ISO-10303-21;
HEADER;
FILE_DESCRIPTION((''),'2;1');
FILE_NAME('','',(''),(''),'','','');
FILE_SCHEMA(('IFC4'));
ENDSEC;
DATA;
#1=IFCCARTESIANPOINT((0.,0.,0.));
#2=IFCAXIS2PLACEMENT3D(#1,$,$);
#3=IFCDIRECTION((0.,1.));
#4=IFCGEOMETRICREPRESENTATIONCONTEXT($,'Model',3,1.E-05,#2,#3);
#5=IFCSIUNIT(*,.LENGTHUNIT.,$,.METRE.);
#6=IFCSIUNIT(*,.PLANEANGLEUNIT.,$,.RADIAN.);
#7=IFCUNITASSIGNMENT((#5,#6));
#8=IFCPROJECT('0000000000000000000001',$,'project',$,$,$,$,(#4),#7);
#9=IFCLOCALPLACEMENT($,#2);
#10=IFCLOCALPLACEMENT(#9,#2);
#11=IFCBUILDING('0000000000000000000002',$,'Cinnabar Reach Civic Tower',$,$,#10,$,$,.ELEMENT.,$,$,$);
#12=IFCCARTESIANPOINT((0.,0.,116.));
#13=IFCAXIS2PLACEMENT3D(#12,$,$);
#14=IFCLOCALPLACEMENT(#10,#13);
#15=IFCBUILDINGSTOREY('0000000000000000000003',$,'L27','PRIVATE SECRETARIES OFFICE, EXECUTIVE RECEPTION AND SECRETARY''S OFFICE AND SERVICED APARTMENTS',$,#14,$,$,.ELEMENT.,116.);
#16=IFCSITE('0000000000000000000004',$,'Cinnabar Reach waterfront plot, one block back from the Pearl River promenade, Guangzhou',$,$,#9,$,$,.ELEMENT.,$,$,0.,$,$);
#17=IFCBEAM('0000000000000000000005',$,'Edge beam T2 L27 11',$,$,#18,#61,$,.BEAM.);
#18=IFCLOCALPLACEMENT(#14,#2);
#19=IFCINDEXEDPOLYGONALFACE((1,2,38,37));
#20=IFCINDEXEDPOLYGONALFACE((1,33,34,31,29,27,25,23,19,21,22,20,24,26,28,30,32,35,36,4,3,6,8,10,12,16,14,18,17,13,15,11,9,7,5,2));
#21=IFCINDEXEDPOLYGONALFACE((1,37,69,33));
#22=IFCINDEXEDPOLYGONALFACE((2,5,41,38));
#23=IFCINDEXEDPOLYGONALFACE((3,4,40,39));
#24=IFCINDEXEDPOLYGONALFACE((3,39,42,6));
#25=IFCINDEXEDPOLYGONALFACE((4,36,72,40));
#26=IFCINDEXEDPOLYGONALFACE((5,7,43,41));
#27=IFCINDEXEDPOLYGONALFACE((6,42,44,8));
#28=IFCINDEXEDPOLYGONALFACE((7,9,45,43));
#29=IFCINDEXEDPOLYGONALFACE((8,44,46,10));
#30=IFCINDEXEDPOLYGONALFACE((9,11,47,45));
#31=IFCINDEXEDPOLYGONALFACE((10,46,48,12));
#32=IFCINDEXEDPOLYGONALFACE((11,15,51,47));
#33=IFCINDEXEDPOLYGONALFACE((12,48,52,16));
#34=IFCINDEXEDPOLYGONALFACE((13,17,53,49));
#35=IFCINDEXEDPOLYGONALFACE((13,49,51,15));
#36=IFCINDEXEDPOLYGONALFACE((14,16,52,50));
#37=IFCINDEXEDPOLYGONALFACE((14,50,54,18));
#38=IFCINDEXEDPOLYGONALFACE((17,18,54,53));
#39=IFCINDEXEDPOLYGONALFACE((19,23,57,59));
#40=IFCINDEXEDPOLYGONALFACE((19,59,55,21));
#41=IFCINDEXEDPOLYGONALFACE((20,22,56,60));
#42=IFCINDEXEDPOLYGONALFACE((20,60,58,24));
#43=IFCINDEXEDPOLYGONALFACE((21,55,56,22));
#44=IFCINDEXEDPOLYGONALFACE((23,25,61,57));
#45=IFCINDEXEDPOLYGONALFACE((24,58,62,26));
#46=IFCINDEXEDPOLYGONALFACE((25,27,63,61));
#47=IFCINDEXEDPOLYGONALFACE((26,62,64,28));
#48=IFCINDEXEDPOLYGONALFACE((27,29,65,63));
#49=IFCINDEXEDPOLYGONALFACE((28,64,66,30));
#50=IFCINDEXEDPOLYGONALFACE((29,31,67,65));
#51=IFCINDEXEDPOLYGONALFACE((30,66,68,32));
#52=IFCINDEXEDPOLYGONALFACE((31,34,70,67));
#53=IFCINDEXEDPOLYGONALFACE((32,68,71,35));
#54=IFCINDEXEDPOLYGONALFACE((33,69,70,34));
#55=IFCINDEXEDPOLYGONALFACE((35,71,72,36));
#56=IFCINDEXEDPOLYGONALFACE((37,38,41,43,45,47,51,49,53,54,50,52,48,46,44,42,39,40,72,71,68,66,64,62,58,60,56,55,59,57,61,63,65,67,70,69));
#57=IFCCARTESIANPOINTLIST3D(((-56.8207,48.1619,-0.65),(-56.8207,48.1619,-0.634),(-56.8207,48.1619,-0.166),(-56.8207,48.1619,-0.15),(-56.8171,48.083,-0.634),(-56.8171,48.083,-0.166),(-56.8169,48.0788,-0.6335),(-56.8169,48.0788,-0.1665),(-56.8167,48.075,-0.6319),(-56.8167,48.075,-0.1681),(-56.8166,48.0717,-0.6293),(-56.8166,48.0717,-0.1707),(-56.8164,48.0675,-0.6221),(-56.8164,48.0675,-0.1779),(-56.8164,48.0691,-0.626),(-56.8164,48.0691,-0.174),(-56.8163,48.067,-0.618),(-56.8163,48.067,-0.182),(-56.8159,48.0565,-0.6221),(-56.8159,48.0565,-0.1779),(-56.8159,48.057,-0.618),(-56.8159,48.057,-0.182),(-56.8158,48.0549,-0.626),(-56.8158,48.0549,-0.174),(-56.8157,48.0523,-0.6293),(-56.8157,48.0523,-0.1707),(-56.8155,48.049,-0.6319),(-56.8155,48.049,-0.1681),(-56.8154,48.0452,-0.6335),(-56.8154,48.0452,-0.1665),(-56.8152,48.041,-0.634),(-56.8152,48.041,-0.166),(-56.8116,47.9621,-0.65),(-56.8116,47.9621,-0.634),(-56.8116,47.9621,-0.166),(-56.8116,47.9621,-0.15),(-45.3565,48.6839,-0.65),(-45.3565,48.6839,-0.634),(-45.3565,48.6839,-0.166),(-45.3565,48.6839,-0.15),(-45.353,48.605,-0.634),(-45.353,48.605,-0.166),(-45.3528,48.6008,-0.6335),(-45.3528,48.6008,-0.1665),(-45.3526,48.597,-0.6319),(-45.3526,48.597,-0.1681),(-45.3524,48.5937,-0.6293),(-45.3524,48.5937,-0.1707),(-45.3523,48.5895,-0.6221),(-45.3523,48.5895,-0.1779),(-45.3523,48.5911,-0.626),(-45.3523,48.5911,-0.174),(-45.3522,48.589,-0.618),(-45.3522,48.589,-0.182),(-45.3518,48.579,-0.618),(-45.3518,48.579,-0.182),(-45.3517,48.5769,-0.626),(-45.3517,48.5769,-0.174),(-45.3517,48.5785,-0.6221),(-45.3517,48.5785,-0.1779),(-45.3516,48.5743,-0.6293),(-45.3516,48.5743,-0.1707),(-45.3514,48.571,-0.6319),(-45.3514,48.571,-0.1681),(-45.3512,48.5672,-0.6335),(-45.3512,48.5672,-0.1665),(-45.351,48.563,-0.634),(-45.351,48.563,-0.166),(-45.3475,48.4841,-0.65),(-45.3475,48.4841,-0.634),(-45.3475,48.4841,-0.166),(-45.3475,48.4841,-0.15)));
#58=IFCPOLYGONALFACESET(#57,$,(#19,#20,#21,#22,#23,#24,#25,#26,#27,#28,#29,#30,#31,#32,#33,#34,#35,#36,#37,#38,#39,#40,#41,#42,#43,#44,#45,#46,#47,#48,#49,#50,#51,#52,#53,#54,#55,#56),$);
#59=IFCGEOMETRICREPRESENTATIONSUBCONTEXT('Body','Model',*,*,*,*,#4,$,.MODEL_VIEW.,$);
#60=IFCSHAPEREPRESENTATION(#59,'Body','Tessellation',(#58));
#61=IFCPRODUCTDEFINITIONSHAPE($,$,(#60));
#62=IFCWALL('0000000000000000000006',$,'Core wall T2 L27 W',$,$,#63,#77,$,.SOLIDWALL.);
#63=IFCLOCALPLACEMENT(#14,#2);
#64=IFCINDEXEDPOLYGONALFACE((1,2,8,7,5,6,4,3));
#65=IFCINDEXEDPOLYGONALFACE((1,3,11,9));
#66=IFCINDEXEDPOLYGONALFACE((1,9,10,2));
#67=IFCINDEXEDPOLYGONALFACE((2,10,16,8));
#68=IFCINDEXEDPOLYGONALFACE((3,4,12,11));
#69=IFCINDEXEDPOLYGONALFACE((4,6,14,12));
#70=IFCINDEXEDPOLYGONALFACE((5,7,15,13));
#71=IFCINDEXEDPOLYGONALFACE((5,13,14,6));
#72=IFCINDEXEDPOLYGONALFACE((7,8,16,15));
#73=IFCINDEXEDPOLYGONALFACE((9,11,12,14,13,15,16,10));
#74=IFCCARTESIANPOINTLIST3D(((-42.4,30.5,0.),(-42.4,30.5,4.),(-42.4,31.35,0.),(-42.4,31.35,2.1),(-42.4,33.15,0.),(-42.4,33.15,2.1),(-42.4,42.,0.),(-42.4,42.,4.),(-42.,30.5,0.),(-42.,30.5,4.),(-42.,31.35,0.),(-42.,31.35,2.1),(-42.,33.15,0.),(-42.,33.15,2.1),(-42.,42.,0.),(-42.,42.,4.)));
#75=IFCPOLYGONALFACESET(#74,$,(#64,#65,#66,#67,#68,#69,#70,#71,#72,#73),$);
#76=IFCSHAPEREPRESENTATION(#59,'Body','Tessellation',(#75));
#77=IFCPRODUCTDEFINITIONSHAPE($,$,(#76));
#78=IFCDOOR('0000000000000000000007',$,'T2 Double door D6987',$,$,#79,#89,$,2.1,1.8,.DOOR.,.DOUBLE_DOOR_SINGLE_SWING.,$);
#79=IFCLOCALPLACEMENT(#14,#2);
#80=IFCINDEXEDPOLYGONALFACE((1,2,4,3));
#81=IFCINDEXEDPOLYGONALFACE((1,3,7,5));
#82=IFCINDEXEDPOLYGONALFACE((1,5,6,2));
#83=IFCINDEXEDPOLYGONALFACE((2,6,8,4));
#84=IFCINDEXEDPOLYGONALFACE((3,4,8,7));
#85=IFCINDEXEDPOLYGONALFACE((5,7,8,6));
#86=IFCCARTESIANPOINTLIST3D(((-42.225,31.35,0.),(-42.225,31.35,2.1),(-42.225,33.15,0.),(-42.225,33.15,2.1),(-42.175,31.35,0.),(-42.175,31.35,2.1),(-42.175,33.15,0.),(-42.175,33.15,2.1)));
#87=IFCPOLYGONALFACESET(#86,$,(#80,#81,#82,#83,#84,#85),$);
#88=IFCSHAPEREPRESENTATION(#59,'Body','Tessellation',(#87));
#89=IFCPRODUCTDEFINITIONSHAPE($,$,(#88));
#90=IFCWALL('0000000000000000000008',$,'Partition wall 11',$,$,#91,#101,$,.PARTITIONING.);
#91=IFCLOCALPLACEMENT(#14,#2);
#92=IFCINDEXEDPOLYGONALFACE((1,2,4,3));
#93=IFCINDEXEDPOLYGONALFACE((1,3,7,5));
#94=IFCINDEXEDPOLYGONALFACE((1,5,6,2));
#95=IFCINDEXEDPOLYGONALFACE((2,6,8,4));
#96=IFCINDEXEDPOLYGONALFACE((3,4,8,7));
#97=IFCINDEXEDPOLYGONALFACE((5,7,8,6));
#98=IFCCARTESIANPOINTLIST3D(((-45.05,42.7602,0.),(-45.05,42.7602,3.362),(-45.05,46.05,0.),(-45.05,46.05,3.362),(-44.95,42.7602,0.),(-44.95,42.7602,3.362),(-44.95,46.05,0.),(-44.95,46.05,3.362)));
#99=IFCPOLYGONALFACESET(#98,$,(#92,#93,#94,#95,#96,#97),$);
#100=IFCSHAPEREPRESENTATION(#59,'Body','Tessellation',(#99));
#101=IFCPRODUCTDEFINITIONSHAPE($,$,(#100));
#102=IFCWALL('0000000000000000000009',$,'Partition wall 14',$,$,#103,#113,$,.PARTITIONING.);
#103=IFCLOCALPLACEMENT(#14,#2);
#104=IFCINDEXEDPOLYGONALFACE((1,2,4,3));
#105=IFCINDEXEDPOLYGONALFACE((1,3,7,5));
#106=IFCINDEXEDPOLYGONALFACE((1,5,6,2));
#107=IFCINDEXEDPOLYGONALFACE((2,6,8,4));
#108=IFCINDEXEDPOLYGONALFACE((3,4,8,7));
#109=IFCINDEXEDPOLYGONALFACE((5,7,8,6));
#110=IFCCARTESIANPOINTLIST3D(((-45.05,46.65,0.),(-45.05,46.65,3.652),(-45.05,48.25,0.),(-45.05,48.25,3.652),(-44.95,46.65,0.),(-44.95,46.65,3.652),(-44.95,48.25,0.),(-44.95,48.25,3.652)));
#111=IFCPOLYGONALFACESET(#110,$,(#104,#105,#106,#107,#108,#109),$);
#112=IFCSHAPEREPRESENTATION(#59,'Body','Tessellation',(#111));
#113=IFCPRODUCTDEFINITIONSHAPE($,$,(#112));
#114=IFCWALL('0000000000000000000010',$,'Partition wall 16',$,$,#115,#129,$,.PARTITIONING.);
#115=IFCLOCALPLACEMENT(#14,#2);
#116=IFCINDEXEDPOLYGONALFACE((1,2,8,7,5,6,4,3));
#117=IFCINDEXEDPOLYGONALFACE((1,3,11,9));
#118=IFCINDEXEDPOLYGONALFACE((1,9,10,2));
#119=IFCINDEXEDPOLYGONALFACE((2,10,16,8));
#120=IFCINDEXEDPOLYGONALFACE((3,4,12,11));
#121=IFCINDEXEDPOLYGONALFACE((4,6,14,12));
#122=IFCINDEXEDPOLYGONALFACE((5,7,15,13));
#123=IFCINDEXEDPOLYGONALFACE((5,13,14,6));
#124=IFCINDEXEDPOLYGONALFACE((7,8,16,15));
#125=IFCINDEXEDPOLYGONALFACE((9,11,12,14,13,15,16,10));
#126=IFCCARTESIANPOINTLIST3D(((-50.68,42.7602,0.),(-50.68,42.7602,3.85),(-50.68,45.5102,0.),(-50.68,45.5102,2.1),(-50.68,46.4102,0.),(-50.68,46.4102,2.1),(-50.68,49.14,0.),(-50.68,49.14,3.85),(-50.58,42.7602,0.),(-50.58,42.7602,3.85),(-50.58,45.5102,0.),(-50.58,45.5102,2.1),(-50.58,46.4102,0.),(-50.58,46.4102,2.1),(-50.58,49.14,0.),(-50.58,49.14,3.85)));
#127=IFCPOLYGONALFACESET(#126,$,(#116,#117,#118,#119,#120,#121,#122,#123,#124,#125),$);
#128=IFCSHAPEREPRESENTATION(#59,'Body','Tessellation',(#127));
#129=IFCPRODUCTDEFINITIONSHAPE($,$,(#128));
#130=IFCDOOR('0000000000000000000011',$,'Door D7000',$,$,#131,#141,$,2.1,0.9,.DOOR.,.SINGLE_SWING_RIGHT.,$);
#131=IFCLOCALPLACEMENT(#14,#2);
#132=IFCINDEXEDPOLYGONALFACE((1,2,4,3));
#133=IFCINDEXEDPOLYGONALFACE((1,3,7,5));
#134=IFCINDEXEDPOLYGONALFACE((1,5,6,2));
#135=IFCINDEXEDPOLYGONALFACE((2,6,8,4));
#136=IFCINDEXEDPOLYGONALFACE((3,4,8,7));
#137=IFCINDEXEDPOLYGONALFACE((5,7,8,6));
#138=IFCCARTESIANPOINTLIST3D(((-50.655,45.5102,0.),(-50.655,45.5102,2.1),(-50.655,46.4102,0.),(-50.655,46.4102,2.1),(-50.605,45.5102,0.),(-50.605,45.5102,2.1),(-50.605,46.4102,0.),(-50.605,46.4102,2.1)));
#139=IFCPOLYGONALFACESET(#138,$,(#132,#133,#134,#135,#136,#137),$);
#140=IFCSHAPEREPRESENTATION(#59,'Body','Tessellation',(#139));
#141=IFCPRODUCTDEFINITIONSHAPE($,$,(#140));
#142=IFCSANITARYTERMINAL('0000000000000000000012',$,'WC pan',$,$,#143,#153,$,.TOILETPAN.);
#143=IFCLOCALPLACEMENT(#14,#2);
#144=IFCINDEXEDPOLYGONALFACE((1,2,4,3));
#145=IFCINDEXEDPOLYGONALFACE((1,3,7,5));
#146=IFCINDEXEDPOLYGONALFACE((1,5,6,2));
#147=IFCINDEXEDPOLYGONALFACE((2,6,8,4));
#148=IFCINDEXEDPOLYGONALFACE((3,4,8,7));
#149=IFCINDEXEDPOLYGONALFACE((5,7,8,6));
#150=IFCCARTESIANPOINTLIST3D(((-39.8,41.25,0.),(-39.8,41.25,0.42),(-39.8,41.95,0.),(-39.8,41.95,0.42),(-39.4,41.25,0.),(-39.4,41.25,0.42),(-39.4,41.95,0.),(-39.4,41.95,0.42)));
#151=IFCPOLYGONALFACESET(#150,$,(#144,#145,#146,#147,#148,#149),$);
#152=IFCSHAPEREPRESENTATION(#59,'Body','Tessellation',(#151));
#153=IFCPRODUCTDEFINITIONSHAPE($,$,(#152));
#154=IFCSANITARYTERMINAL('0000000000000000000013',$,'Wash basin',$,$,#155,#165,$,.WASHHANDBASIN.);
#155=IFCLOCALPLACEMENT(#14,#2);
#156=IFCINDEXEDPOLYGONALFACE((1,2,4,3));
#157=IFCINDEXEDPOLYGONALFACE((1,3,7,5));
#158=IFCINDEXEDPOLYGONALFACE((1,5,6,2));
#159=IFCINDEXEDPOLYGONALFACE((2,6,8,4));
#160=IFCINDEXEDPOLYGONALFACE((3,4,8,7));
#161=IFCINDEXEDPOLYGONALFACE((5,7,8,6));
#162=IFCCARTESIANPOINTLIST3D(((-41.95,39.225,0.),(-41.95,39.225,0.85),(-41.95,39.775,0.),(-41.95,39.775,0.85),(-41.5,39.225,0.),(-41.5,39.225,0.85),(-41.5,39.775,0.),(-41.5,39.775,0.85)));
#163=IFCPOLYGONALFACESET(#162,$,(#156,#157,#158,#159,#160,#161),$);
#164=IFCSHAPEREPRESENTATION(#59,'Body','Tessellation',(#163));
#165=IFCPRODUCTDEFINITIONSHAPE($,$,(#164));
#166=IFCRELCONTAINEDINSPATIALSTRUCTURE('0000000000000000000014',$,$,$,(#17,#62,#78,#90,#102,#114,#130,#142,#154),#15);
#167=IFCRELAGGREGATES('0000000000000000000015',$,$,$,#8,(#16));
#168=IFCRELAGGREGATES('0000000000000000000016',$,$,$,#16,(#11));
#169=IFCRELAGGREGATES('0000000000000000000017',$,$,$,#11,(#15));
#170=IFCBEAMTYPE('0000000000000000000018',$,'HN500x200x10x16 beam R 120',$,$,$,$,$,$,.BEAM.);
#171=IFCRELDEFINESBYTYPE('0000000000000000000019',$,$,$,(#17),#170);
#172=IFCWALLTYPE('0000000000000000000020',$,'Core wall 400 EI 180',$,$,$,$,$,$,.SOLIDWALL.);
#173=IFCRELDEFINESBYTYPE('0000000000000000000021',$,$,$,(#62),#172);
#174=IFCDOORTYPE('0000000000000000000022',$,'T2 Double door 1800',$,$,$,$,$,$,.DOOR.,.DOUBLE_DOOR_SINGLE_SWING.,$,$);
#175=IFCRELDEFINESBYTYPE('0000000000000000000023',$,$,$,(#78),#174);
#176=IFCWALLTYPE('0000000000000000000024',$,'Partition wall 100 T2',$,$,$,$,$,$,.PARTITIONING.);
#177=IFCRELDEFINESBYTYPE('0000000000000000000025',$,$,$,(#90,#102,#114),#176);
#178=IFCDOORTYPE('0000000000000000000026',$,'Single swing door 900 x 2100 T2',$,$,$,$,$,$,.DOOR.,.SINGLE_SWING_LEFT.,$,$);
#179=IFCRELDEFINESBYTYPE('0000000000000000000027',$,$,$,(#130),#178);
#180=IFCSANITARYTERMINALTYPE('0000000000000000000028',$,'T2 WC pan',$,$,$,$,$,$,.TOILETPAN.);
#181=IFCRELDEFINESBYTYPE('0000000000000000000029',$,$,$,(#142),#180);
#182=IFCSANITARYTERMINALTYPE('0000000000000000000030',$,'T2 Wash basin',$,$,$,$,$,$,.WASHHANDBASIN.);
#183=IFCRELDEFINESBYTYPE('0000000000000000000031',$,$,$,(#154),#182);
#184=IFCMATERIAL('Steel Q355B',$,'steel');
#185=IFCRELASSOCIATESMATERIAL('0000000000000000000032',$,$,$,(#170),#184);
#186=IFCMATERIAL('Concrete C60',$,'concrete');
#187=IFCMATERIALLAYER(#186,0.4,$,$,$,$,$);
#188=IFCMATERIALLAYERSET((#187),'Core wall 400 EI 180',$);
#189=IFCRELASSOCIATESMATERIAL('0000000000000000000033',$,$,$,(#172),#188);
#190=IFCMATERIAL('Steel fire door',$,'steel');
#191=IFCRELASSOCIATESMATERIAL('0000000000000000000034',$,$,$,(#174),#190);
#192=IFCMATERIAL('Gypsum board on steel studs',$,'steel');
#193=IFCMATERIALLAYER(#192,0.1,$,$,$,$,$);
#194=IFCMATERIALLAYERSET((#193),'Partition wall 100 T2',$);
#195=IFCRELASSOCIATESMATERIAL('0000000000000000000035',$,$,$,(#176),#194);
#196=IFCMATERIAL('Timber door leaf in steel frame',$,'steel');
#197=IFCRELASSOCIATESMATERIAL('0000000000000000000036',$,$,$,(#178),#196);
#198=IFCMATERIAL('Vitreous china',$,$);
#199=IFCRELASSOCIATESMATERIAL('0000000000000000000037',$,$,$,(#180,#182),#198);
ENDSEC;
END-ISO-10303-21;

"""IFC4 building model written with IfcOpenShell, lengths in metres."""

from ifc_helpers import new_model, si_unit, direction, frame, frame_2d, origin, origin_2d, place, context, subcontext, project, spatial, rectangle, i_section, extrude, material, layer, layer_set, material_profile, profile_set, type_object, element, fill, save


model = new_model("IFC4")

# Units and contexts
model_context = context("Model", 3, precision=1e-05, world=origin(), true_north=direction((0.0, 1.0)))
body_context = subcontext(model_context, "Body", "Model", "MODEL_VIEW")
ifc_project = project(units=[si_unit("LENGTHUNIT", "METRE"), si_unit("PLANEANGLEUNIT", "RADIAN")], contexts=[model_context])

# Site, building, storey
site_placement = place(None, origin())
site = spatial("IfcSite", under=ifc_project, at=site_placement, Name="Cinnabar Reach waterfront plot, one block back from the Pearl River promenade, Guangzhou", CompositionType="ELEMENT", RefElevation=0.0)
building_placement = place(site_placement, origin())
building = spatial("IfcBuilding", under=site, at=building_placement, Name="Cinnabar Reach Civic Tower", CompositionType="ELEMENT")
storey_placement = place(building_placement, frame((0.0, 0.0, 116.0)))
storey = spatial("IfcBuildingStorey", under=building, at=storey_placement, Name="L27", Description="PRIVATE SECRETARIES OFFICE, EXECUTIVE RECEPTION AND SECRETARY'S OFFICE AND SERVICED APARTMENTS", CompositionType="ELEMENT", Elevation=116.0)

# Shared definitions
ifc_material_1 = material(Name="Concrete C60", Category="concrete")

# Beam
ifc_material_2 = material(Name="Steel Q355B", Category="steel")
ifc_material_profile_1 = material_profile(ifc_material_2, i_section(OverallWidth=0.2, OverallDepth=0.5, WebThickness=0.01, FlangeThickness=0.016, FilletRadius=0.016, at=origin_2d()), Name="HN500x200x10x16")
ifc_profile_set_1 = profile_set([ifc_material_profile_1], Name="Steel Q355B")
beam_type_1 = type_object("IfcBeamType", Name="HN500x200x10x16 beam R 120", PredefinedType="BEAM", material=ifc_profile_set_1)
beam_1_placement = place(storey_placement, frame((-45.352, 48.584, -0.4), z_axis=(-0.998965, -0.045486, 0.0), x_axis=(0.045486, -0.998965, 0.0)))
element("IfcBeam", 1, at=beam_1_placement, inside=storey, type_object=beam_type_1, Name="Edge beam T2 L27 11", PredefinedType="BEAM", context=body_context, shape_type="SweptSolid", body=[
    extrude(i_section(OverallWidth=0.2, OverallDepth=0.5, WebThickness=0.01, FlangeThickness=0.016, FilletRadius=0.016, at=origin_2d()), origin(), (0.0, 0.0, 1.0), 11.476),
])

# Wall, opening, door
ifc_layer_1 = layer(ifc_material_1, 0.4)
ifc_layer_set_1 = layer_set([ifc_layer_1], Name="Core wall 400 EI 180")
wall_type_1 = type_object("IfcWallType", Name="Core wall 400 EI 180", PredefinedType="SOLIDWALL", material=ifc_layer_set_1)
wall_1_placement = place(storey_placement, frame((-42.2, 42.0, 0.0), z_axis=(0.0, 0.0, 1.0), x_axis=(0.0, -1.0, 0.0)))
wall_1 = element("IfcWall", 2, at=wall_1_placement, inside=storey, type_object=wall_type_1, Name="Core wall T2 L27 W", PredefinedType="SOLIDWALL", context=body_context, shape_type="SweptSolid", body=[
    extrude(rectangle(XDim=11.5, YDim=0.4, at=frame_2d((5.75, 0.0))), origin(), (0.0, 0.0, 1.0), 4.0),
])
opening_1_placement = place(wall_1_placement, frame((8.85, 0.0, 0.0)))
opening_1 = element("IfcOpeningElement", 3, at=opening_1_placement, cuts=wall_1, PredefinedType="OPENING", context=body_context, shape_type="SweptSolid", body=[
    extrude(rectangle(XDim=1.8, YDim=2.1, at=frame_2d((0.9, 1.05))), frame((0.0, 0.21, 0.0), z_axis=(0.0, -1.0, 0.0), x_axis=(1.0, 0.0, 0.0)), (0.0, 0.0, 1.0), 0.42),
])
ifc_material_3 = material(Name="Steel fire door", Category="steel")
door_type_1 = type_object("IfcDoorType", Name="T2 Double door 1800", OperationType="DOUBLE_DOOR_SINGLE_SWING", PredefinedType="DOOR", material=ifc_material_3)
door_1_placement = place(opening_1_placement, frame((1.8, 0.0, 0.0), z_axis=(0.0, 0.0, 1.0), x_axis=(-1.0, 0.0, 0.0)))
door_1 = element("IfcDoor", 4, at=door_1_placement, inside=storey, type_object=door_type_1, Name="T2 Double door D6987", OperationType="DOUBLE_DOOR_SINGLE_SWING", OverallHeight=2.1, OverallWidth=1.8, PredefinedType="DOOR", context=body_context, shape_type="SweptSolid", body=[
    extrude(rectangle(XDim=1.8, YDim=2.1, at=frame_2d((0.9, 1.05))), frame((0.0, 0.025, 0.0), z_axis=(0.0, -1.0, 0.0), x_axis=(1.0, 0.0, 0.0)), (0.0, 0.0, 1.0), 0.05),
])
fill(opening_1, door_1)

# Walls
ifc_material_4 = material(Name="Gypsum board on steel studs", Category="steel")
ifc_layer_2 = layer(ifc_material_4, 0.1)
ifc_layer_set_2 = layer_set([ifc_layer_2], Name="Partition wall 100 T2")
wall_type_2 = type_object("IfcWallType", Name="Partition wall 100 T2", PredefinedType="PARTITIONING", material=ifc_layer_set_2)
wall_2_placement = place(storey_placement, frame((-45.0, 42.7602, 0.0), z_axis=(0.0, 0.0, 1.0), x_axis=(0.0, 1.0, 0.0)))
element("IfcWall", 5, at=wall_2_placement, inside=storey, type_object=wall_type_2, Name="Partition wall 11", PredefinedType="PARTITIONING", context=body_context, shape_type="SweptSolid", body=[
    extrude(rectangle(XDim=3.2898, YDim=0.1, at=frame_2d((1.6449, 0.0))), origin(), (0.0, 0.0, 1.0), 3.362),
])
wall_3_placement = place(storey_placement, frame((-45.0, 46.65, 0.0), z_axis=(0.0, 0.0, 1.0), x_axis=(0.0, 1.0, 0.0)))
element("IfcWall", 6, at=wall_3_placement, inside=storey, type_object=wall_type_2, Name="Partition wall 14", PredefinedType="PARTITIONING", context=body_context, shape_type="SweptSolid", body=[
    extrude(rectangle(XDim=1.6, YDim=0.1, at=frame_2d((0.8, 0.0))), origin(), (0.0, 0.0, 1.0), 3.652),
])

# Wall, opening, door
wall_4_placement = place(storey_placement, frame((-50.63, 42.7602, 0.0), z_axis=(0.0, 0.0, 1.0), x_axis=(0.0, 1.0, 0.0)))
wall_4 = element("IfcWall", 7, at=wall_4_placement, inside=storey, type_object=wall_type_2, Name="Partition wall 16", PredefinedType="PARTITIONING", context=body_context, shape_type="SweptSolid", body=[
    extrude(rectangle(XDim=6.3798, YDim=0.1, at=frame_2d((3.1899, 0.0))), origin(), (0.0, 0.0, 1.0), 3.85),
])
opening_2_placement = place(wall_4_placement, frame((2.75, 0.0, 0.0)))
opening_2 = element("IfcOpeningElement", 8, at=opening_2_placement, cuts=wall_4, PredefinedType="OPENING", context=body_context, shape_type="SweptSolid", body=[
    extrude(rectangle(XDim=0.9, YDim=2.1, at=frame_2d((0.45, 1.05))), frame((0.0, 0.06, 0.0), z_axis=(0.0, -1.0, 0.0), x_axis=(1.0, 0.0, 0.0)), (0.0, 0.0, 1.0), 0.12),
])
ifc_material_5 = material(Name="Timber door leaf in steel frame", Category="steel")
door_type_2 = type_object("IfcDoorType", Name="Single swing door 900 x 2100 T2", OperationType="SINGLE_SWING_LEFT", PredefinedType="DOOR", material=ifc_material_5)
door_2_placement = place(opening_2_placement, frame((0.9, 0.0, 0.0), z_axis=(0.0, 0.0, 1.0), x_axis=(-1.0, 0.0, 0.0)))
door_2 = element("IfcDoor", 9, at=door_2_placement, inside=storey, type_object=door_type_2, Name="Door D7000", OperationType="SINGLE_SWING_RIGHT", OverallHeight=2.1, OverallWidth=0.9, PredefinedType="DOOR", context=body_context, shape_type="SweptSolid", body=[
    extrude(rectangle(XDim=0.9, YDim=2.1, at=frame_2d((0.45, 1.05))), frame((0.0, 0.025, 0.0), z_axis=(0.0, -1.0, 0.0), x_axis=(1.0, 0.0, 0.0)), (0.0, 0.0, 1.0), 0.05),
])
fill(opening_2, door_2)

# Sanitary terminals
ifc_material_6 = material(Name="Vitreous china")
sanitary_terminal_type_1 = type_object("IfcSanitaryTerminalType", Name="T2 WC pan", PredefinedType="TOILETPAN", material=ifc_material_6)
sanitary_terminal_1_placement = place(storey_placement, frame((-39.6, 41.6, 0.0), z_axis=(0.0, 0.0, 1.0), x_axis=(1.0, 0.0, 0.0)))
element("IfcSanitaryTerminal", 10, at=sanitary_terminal_1_placement, inside=storey, type_object=sanitary_terminal_type_1, Name="WC pan", PredefinedType="TOILETPAN", context=body_context, shape_type="SweptSolid", body=[
    extrude(rectangle(XDim=0.4, YDim=0.7, at=origin_2d()), origin(), (0.0, 0.0, 1.0), 0.42),
])
sanitary_terminal_type_2 = type_object("IfcSanitaryTerminalType", Name="T2 Wash basin", PredefinedType="WASHHANDBASIN", material=ifc_material_6)
sanitary_terminal_2_placement = place(storey_placement, frame((-41.725, 39.5, 0.0), z_axis=(0.0, 0.0, 1.0), x_axis=(1.0, 0.0, 0.0)))
element("IfcSanitaryTerminal", 11, at=sanitary_terminal_2_placement, inside=storey, type_object=sanitary_terminal_type_2, Name="Wash basin", PredefinedType="WASHHANDBASIN", context=body_context, shape_type="SweptSolid", body=[
    extrude(rectangle(XDim=0.45, YDim=0.55, at=origin_2d()), origin(), (0.0, 0.0, 1.0), 0.85),
])

save(model, "model.ifc")
